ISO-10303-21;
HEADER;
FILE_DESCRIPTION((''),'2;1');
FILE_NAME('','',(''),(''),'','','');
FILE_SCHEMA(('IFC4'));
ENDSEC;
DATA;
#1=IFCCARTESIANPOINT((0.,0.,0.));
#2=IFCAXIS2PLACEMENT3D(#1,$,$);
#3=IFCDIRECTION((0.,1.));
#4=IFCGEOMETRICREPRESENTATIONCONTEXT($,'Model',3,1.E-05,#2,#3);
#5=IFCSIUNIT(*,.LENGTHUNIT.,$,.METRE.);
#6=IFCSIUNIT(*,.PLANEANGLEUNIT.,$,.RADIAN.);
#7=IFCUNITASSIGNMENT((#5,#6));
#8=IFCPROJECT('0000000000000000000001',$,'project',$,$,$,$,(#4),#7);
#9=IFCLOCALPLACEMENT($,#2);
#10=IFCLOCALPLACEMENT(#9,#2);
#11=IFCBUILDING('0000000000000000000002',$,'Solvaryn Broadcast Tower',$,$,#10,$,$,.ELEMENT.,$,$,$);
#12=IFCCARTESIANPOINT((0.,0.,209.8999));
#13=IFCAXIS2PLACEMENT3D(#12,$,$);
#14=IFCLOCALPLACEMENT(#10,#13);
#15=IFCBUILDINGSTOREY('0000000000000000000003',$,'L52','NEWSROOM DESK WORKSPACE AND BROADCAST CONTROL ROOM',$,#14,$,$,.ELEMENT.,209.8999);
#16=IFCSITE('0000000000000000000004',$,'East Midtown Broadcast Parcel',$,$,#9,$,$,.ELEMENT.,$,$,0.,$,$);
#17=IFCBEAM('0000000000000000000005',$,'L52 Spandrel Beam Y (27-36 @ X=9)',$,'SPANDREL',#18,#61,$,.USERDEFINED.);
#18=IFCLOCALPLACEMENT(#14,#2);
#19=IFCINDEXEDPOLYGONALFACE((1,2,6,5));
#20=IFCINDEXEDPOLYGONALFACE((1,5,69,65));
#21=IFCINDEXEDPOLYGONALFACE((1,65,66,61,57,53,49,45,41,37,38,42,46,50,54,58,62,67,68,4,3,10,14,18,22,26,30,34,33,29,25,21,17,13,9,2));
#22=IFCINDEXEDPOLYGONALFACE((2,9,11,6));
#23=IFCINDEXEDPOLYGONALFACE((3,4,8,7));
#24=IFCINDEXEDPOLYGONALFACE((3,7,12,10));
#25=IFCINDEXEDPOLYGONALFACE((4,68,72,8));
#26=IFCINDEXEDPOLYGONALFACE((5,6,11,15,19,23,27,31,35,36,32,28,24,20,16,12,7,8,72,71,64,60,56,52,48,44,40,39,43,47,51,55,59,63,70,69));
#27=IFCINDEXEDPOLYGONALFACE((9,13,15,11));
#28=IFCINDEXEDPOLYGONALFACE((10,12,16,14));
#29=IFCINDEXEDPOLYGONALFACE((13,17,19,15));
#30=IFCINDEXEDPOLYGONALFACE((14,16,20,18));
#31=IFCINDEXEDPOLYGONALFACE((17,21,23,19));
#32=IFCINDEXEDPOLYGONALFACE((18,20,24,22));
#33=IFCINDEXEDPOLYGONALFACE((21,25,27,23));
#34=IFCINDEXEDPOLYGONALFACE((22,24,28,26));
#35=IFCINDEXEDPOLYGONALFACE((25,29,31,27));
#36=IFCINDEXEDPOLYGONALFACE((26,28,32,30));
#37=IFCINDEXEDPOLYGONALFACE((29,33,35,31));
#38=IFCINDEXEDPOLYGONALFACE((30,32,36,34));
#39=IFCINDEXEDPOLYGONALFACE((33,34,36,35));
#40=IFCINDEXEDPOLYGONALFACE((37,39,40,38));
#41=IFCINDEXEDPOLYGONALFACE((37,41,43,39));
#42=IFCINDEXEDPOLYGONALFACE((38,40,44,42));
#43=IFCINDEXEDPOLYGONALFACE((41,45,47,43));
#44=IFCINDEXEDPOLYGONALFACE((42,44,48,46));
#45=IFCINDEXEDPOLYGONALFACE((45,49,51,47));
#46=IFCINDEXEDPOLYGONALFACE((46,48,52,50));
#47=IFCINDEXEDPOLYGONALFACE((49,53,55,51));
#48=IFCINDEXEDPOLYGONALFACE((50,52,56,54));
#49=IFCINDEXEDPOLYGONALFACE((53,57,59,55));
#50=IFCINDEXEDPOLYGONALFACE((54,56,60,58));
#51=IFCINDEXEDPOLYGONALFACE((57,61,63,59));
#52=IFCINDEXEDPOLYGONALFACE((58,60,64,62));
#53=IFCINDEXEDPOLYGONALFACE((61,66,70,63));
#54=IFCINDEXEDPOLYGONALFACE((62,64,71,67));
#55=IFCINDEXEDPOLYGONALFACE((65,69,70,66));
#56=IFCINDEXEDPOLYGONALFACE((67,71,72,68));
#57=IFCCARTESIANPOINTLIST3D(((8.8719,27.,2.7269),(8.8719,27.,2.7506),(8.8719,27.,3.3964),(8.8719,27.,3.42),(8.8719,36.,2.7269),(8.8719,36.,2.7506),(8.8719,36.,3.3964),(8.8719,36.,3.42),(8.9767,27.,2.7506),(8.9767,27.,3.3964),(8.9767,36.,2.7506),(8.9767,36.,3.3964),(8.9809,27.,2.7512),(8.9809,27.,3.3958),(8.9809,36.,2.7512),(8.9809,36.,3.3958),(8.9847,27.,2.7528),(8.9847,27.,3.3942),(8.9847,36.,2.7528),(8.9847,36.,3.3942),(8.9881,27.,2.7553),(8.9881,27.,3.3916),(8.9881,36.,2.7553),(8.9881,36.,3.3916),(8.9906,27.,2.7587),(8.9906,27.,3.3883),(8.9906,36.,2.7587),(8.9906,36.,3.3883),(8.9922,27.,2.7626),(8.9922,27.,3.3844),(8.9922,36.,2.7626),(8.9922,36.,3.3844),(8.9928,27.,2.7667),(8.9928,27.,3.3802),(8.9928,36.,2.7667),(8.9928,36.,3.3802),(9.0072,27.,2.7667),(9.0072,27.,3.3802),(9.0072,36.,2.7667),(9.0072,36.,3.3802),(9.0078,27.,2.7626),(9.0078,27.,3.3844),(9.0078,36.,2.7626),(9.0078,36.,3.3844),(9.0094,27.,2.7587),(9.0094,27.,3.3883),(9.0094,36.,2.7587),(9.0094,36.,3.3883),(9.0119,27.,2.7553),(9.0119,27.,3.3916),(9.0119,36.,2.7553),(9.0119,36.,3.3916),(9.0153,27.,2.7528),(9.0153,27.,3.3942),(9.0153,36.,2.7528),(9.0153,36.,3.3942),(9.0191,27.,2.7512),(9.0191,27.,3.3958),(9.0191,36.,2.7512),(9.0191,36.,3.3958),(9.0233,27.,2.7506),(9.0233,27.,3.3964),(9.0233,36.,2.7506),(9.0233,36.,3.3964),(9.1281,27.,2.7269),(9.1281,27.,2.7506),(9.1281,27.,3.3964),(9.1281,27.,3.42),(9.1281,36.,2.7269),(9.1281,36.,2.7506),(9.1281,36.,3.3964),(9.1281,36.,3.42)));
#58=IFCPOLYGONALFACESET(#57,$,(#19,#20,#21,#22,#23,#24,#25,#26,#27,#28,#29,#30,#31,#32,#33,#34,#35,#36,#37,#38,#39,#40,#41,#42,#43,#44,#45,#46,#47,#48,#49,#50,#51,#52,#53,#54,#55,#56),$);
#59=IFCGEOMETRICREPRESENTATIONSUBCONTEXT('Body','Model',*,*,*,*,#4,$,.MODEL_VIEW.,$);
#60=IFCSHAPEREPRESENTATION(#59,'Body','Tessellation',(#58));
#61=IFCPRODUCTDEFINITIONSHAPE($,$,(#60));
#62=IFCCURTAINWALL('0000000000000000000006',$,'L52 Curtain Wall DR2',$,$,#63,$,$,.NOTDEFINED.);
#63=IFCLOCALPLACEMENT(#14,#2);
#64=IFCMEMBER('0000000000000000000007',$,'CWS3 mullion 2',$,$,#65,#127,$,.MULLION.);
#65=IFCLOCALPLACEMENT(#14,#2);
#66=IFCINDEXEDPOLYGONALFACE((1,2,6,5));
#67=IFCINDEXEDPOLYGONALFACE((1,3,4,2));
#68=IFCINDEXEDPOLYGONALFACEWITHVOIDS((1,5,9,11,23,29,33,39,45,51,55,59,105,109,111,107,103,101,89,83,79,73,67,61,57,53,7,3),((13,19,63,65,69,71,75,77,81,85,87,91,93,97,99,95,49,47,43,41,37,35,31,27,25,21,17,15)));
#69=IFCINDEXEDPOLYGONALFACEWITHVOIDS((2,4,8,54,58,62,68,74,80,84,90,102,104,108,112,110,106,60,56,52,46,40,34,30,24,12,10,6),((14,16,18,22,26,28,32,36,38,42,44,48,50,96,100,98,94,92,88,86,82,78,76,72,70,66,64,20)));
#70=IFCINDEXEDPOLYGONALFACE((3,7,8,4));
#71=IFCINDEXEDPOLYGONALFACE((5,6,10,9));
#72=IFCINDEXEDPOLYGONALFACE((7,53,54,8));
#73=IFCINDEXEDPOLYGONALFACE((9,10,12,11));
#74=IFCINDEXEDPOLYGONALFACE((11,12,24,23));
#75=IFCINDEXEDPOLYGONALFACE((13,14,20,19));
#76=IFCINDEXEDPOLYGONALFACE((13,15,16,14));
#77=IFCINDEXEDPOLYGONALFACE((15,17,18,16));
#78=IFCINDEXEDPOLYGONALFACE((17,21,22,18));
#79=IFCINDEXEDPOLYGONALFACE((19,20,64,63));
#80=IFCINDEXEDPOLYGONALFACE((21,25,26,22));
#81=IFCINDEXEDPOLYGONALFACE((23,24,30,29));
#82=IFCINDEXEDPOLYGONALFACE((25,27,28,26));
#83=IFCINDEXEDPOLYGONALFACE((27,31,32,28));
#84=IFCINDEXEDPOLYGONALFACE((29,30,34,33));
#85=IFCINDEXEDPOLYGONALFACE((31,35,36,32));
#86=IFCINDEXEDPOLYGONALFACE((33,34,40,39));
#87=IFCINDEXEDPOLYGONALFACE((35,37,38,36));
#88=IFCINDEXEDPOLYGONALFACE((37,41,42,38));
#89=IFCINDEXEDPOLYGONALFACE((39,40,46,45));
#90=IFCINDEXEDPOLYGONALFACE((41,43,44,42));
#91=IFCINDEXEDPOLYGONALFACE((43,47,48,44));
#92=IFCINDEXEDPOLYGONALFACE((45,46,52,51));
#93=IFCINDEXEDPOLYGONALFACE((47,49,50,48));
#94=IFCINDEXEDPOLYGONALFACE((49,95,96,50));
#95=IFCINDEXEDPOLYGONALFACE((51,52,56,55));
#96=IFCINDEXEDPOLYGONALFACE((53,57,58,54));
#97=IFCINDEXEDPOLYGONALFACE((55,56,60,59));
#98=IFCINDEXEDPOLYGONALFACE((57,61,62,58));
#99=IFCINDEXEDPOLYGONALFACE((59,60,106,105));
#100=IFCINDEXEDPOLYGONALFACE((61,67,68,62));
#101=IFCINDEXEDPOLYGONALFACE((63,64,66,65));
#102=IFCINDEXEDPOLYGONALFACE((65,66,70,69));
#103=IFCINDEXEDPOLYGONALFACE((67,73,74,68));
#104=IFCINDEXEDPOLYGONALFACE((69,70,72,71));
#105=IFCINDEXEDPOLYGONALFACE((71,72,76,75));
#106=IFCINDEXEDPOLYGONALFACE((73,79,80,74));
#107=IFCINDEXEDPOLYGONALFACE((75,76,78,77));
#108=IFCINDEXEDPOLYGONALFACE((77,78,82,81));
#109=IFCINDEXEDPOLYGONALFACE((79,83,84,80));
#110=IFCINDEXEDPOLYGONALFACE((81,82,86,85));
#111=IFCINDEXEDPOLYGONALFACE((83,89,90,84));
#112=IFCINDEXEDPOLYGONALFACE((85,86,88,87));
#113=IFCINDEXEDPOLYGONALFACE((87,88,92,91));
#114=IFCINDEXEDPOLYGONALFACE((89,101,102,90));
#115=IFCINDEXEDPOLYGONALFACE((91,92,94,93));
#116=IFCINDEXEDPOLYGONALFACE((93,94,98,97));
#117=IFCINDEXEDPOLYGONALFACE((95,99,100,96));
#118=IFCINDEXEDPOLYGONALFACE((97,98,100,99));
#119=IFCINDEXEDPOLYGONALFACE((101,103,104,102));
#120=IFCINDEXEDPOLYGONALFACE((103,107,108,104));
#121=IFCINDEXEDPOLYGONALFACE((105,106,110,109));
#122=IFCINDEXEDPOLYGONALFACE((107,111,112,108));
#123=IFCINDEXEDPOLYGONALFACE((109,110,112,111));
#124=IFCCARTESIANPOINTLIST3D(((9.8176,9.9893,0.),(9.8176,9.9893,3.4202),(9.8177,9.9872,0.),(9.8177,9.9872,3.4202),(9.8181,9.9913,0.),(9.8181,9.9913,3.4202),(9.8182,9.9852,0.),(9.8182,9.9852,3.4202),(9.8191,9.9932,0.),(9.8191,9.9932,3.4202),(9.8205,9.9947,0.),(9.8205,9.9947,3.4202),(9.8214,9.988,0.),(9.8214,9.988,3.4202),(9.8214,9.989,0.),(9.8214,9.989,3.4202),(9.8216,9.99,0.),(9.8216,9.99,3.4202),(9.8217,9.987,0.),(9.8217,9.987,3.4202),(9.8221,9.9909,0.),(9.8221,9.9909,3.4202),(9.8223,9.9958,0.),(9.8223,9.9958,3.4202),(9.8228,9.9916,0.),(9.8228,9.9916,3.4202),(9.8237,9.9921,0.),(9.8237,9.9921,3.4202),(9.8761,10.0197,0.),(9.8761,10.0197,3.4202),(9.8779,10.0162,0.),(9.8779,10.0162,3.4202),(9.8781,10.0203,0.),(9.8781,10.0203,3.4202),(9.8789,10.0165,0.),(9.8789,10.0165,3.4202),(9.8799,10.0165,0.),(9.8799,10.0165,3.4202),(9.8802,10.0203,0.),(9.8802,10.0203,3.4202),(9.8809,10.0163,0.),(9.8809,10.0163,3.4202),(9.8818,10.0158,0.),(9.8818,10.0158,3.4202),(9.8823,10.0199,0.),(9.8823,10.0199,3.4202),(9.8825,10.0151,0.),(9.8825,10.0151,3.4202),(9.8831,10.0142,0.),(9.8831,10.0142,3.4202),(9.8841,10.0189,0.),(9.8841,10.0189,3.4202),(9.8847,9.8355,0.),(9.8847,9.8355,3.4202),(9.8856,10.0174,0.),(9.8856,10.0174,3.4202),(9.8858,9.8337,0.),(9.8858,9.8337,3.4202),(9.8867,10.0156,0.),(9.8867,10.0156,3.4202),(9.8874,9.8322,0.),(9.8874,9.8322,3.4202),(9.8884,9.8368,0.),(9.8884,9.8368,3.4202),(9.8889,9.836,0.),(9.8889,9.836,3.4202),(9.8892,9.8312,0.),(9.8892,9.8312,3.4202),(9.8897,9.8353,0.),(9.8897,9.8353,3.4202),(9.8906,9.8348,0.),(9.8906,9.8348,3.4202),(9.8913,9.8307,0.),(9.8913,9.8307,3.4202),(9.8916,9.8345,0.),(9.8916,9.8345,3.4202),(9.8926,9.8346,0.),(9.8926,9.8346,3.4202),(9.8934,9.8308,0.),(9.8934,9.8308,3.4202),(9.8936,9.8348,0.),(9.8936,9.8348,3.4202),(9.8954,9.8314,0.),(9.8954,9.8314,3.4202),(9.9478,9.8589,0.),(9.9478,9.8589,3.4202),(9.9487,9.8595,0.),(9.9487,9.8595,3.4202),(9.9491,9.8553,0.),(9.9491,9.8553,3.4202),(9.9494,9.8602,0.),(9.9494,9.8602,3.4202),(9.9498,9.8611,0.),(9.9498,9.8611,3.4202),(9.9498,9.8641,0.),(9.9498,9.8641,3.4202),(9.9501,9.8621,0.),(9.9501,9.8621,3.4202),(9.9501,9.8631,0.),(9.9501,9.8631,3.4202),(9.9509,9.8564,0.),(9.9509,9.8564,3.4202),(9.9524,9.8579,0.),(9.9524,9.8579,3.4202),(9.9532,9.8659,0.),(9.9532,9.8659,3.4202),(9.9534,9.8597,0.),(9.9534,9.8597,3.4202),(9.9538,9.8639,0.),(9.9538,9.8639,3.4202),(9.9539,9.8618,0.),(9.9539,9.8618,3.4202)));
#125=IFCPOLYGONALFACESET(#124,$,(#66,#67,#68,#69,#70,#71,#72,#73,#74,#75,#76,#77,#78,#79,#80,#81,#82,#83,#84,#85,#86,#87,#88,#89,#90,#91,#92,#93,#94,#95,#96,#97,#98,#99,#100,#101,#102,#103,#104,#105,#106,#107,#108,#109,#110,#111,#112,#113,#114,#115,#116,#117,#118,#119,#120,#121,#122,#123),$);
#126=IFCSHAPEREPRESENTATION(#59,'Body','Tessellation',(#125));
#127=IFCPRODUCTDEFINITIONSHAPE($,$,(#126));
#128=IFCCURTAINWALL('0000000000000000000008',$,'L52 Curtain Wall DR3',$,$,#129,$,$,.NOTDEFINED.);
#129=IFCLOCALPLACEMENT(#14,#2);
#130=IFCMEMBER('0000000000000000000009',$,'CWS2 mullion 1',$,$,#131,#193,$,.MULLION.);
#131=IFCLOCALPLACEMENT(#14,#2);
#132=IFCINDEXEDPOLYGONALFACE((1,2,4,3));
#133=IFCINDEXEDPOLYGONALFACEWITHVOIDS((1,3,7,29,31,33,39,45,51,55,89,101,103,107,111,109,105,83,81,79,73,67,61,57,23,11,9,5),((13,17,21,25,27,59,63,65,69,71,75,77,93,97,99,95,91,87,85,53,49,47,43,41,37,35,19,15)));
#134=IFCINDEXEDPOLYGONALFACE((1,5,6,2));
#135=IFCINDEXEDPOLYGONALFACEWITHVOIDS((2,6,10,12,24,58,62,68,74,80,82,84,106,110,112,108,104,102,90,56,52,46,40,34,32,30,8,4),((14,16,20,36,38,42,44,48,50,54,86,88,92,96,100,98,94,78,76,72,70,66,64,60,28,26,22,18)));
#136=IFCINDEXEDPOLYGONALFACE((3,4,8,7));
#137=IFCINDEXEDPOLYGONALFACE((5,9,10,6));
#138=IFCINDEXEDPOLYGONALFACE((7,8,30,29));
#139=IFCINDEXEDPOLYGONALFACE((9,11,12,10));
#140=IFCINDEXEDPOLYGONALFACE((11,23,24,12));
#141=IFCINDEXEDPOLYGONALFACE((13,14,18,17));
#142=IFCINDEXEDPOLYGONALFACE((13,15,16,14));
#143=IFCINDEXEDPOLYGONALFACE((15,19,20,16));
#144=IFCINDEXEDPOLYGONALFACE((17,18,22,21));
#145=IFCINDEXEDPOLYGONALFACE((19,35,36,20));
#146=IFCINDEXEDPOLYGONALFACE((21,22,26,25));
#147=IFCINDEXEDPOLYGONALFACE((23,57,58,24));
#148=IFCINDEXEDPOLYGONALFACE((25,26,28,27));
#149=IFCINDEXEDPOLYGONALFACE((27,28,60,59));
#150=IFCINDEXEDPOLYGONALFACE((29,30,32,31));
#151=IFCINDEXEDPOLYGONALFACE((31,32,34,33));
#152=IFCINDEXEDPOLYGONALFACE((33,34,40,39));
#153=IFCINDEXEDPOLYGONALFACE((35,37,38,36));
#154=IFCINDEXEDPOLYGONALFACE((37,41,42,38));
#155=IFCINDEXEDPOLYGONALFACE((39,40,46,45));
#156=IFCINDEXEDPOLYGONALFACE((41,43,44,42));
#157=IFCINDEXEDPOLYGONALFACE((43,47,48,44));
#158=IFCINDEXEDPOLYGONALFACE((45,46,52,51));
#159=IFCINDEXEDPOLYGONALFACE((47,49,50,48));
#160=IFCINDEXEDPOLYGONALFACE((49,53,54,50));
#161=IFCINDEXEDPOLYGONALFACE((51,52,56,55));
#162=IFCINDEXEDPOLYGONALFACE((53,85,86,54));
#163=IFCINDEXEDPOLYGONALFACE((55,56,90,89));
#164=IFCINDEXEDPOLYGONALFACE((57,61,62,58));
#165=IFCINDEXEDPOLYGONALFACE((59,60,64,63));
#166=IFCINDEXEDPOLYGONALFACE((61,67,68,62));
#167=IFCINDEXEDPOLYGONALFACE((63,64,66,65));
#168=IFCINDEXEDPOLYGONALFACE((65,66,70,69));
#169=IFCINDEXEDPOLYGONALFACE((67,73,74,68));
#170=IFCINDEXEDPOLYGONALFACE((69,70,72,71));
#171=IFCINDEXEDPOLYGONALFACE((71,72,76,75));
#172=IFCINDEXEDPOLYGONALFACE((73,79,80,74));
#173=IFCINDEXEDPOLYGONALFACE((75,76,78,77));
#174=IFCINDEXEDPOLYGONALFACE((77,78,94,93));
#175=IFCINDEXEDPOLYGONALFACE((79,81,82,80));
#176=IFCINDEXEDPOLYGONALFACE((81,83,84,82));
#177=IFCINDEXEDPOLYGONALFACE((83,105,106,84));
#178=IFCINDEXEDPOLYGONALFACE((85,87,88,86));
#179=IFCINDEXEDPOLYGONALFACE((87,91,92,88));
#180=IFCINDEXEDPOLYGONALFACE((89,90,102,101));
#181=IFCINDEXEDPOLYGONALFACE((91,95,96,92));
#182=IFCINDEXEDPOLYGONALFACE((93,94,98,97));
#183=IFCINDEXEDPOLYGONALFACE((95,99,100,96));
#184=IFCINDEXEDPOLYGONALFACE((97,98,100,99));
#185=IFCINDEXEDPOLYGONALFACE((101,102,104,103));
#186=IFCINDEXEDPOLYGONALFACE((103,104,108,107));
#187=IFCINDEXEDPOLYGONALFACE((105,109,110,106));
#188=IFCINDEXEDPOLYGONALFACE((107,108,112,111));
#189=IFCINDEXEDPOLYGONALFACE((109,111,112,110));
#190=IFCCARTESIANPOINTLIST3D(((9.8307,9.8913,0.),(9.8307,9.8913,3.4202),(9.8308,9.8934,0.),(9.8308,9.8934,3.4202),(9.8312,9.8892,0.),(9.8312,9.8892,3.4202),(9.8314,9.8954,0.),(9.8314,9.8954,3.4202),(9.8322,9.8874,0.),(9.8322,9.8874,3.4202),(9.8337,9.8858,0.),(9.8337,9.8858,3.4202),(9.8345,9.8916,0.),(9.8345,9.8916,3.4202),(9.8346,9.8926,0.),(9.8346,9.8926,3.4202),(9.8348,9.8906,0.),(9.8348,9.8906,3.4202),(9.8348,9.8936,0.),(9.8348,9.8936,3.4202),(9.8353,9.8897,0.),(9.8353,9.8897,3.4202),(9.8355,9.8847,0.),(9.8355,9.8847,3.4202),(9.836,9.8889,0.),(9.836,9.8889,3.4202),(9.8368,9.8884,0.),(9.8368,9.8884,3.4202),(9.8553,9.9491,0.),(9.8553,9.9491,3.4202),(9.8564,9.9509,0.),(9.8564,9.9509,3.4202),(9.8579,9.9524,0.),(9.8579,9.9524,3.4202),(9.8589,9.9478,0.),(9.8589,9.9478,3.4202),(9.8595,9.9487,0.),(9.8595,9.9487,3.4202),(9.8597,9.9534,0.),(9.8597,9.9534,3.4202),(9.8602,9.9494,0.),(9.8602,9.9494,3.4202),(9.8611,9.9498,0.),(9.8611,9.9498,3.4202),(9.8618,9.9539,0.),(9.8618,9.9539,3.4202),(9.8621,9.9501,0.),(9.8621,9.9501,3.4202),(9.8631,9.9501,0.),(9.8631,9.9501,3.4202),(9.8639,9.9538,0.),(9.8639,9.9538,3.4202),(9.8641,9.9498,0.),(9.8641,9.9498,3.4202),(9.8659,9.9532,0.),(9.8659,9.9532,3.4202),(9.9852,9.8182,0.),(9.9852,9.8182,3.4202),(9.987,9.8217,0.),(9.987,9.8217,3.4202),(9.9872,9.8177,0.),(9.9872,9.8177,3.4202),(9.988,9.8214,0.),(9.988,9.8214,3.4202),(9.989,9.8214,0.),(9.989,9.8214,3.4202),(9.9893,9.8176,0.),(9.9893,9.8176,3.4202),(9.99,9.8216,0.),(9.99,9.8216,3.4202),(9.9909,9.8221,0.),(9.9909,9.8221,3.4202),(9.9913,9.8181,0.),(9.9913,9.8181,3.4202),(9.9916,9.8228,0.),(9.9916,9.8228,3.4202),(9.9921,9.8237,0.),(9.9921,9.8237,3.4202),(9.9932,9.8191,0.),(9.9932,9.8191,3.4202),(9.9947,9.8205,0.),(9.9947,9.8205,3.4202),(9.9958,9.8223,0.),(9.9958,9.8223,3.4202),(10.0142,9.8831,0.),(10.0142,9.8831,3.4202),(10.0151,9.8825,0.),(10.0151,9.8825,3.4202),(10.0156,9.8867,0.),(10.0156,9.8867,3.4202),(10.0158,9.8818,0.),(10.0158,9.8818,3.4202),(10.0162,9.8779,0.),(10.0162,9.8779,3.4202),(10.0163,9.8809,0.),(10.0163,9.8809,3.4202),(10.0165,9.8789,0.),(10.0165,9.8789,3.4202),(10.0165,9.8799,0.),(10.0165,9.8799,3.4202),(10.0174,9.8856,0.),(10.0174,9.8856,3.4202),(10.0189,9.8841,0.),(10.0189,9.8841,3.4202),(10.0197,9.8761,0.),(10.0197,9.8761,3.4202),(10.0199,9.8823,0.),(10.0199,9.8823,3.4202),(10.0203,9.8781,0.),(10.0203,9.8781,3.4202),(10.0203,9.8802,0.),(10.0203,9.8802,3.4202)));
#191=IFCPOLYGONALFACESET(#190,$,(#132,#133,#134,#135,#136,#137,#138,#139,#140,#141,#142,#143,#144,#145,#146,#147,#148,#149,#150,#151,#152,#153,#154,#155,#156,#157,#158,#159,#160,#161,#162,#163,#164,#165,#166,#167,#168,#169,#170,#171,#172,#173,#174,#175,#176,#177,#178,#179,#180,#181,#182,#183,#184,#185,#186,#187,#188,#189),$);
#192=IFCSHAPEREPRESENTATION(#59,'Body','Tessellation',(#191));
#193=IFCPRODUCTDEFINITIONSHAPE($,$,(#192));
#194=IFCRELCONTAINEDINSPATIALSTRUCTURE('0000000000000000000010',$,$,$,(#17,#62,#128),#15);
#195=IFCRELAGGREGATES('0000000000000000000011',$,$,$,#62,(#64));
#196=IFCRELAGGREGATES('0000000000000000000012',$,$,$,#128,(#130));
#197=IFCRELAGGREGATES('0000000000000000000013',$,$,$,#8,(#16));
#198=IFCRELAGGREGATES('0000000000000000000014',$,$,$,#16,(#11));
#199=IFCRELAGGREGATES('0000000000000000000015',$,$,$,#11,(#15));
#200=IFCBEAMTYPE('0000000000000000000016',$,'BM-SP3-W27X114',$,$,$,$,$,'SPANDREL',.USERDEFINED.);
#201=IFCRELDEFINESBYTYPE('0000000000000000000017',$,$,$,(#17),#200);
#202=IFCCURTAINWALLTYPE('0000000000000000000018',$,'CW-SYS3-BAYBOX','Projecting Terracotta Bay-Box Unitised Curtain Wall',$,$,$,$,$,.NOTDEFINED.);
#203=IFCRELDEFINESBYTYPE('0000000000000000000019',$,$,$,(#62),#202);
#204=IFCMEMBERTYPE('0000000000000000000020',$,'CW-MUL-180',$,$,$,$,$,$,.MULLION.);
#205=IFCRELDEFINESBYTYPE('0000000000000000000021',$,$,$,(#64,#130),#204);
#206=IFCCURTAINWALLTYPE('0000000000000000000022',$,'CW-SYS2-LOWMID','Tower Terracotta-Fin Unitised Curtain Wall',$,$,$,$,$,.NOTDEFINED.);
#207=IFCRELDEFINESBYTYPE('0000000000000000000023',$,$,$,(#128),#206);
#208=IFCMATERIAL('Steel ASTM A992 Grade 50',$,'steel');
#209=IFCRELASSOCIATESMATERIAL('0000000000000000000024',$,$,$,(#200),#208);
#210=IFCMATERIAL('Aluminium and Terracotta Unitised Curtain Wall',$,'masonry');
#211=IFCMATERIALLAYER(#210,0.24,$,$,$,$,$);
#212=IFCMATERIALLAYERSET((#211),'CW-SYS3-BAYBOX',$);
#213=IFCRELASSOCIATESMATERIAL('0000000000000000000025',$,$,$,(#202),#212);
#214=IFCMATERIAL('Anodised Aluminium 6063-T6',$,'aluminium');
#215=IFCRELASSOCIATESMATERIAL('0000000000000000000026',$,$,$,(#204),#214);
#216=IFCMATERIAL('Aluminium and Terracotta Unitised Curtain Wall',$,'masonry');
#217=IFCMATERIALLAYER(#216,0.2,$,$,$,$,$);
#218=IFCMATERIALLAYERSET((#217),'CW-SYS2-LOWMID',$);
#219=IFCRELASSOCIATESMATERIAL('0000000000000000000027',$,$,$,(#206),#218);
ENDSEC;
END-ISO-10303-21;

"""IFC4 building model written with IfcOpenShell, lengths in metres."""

from ifc_helpers import new_model, si_unit, direction, frame, origin, origin_2d, place, context, subcontext, project, spatial, hollow_rectangle, i_section, extrude, material, layer, layer_set, material_profile, profile_set, type_object, element, aggregate, save


model = new_model("IFC4")

# Units and contexts
model_context = context("Model", 3, precision=1e-05, world=origin(), true_north=direction((0.0, 1.0)))
body_context = subcontext(model_context, "Body", "Model", "MODEL_VIEW")
ifc_project = project(units=[si_unit("LENGTHUNIT", "METRE"), si_unit("PLANEANGLEUNIT", "RADIAN")], contexts=[model_context])

# Site, building, storey
site_placement = place(None, origin())
site = spatial("IfcSite", under=ifc_project, at=site_placement, Name="East Midtown Broadcast Parcel", CompositionType="ELEMENT", RefElevation=0.0)
building_placement = place(site_placement, origin())
building = spatial("IfcBuilding", under=site, at=building_placement, Name="Solvaryn Broadcast Tower", CompositionType="ELEMENT")
storey_placement = place(building_placement, frame((0.0, 0.0, 209.8999)))
storey = spatial("IfcBuildingStorey", under=building, at=storey_placement, Name="L52", Description="NEWSROOM DESK WORKSPACE AND BROADCAST CONTROL ROOM", CompositionType="ELEMENT", Elevation=209.8999)

# Beam
ifc_material_1 = material(Name="Steel ASTM A992 Grade 50", Category="steel")
ifc_material_profile_1 = material_profile(ifc_material_1, i_section(OverallWidth=0.2561, OverallDepth=0.6931, WebThickness=0.0144, FlangeThickness=0.0237, FilletRadius=0.0161, at=origin_2d()))
ifc_profile_set_1 = profile_set([ifc_material_profile_1], Name="Steel ASTM A992 Grade 50")
beam_type_1 = type_object("IfcBeamType", Name="BM-SP3-W27X114", ElementType="SPANDREL", PredefinedType="USERDEFINED", material=ifc_profile_set_1)
beam_1_placement = place(storey_placement, frame((9.0, 27.0, 3.0735), z_axis=(0.0, 1.0, 0.0), x_axis=(-1.0, 0.0, 0.0)))
element("IfcBeam", 1, at=beam_1_placement, inside=storey, type_object=beam_type_1, Name="L52 Spandrel Beam Y (27-36 @ X=9)", ObjectType="SPANDREL", PredefinedType="USERDEFINED", context=body_context, shape_type="SweptSolid", body=[
    extrude(i_section(OverallWidth=0.2561, OverallDepth=0.6931, WebThickness=0.0144, FlangeThickness=0.0237, FilletRadius=0.0161, at=origin_2d()), origin(), (0.0, 0.0, 1.0), 9.0),
])

# Curtain walls, members
ifc_material_2 = material(Name="Aluminium and Terracotta Unitised Curtain Wall", Category="masonry")
ifc_layer_1 = layer(ifc_material_2, 0.24)
ifc_layer_set_1 = layer_set([ifc_layer_1], Name="CW-SYS3-BAYBOX")
curtain_wall_type_1 = type_object("IfcCurtainWallType", Name="CW-SYS3-BAYBOX", Description="Projecting Terracotta Bay-Box Unitised Curtain Wall", PredefinedType="NOTDEFINED", material=ifc_layer_set_1)
curtain_wall_1_placement = place(storey_placement, origin())
curtain_wall_1 = element("IfcCurtainWall", 2, at=curtain_wall_1_placement, inside=storey, type_object=curtain_wall_type_1, Name="L52 Curtain Wall DR2", PredefinedType="NOTDEFINED")
ifc_material_3 = material(Name="Anodised Aluminium 6063-T6", Category="aluminium")
ifc_material_profile_2 = material_profile(ifc_material_3, hollow_rectangle(XDim=0.075, YDim=0.1799, WallThickness=0.0039, InnerFilletRadius=0.0039, OuterFilletRadius=0.0081, at=origin_2d()))
ifc_profile_set_2 = profile_set([ifc_material_profile_2], Name="Anodised Aluminium 6063-T6")
member_type = type_object("IfcMemberType", Name="CW-MUL-180", PredefinedType="MULLION", material=ifc_profile_set_2)
member_1_placement = place(storey_placement, frame((9.8857, 9.9255, 0.0), z_axis=(0.0, 0.0, 1.0), x_axis=(0.913917, 0.405901, 0.0)))
member_1 = element("IfcMember", 3, at=member_1_placement, type_object=member_type, Name="CWS3 mullion 2", PredefinedType="MULLION", context=body_context, shape_type="SweptSolid", body=[
    extrude(hollow_rectangle(XDim=0.075, YDim=0.1799, WallThickness=0.0039, InnerFilletRadius=0.0039, OuterFilletRadius=0.0081, at=origin_2d()), origin(), (0.0, 0.0, 1.0), 3.4202),
])
aggregate(curtain_wall_1, [member_1])
ifc_material_4 = material(Name="Aluminium and Terracotta Unitised Curtain Wall", Category="masonry")
ifc_layer_2 = layer(ifc_material_4, 0.2)
ifc_layer_set_2 = layer_set([ifc_layer_2], Name="CW-SYS2-LOWMID")
curtain_wall_type_2 = type_object("IfcCurtainWallType", Name="CW-SYS2-LOWMID", Description="Tower Terracotta-Fin Unitised Curtain Wall", PredefinedType="NOTDEFINED", material=ifc_layer_set_2)
curtain_wall_2_placement = place(storey_placement, origin())
curtain_wall_2 = element("IfcCurtainWall", 4, at=curtain_wall_2_placement, inside=storey, type_object=curtain_wall_type_2, Name="L52 Curtain Wall DR3", PredefinedType="NOTDEFINED")
member_2_placement = place(storey_placement, frame((9.9255, 9.8857, 0.0), z_axis=(0.0, 0.0, 1.0), x_axis=(0.405901, 0.913917, 0.0)))
member_2 = element("IfcMember", 5, at=member_2_placement, type_object=member_type, Name="CWS2 mullion 1", PredefinedType="MULLION", context=body_context, shape_type="SweptSolid", body=[
    extrude(hollow_rectangle(XDim=0.075, YDim=0.1799, WallThickness=0.0039, InnerFilletRadius=0.0039, OuterFilletRadius=0.0081, at=origin_2d()), origin(), (0.0, 0.0, 1.0), 3.4202),
])
aggregate(curtain_wall_2, [member_2])

save(model, "model.ifc")
